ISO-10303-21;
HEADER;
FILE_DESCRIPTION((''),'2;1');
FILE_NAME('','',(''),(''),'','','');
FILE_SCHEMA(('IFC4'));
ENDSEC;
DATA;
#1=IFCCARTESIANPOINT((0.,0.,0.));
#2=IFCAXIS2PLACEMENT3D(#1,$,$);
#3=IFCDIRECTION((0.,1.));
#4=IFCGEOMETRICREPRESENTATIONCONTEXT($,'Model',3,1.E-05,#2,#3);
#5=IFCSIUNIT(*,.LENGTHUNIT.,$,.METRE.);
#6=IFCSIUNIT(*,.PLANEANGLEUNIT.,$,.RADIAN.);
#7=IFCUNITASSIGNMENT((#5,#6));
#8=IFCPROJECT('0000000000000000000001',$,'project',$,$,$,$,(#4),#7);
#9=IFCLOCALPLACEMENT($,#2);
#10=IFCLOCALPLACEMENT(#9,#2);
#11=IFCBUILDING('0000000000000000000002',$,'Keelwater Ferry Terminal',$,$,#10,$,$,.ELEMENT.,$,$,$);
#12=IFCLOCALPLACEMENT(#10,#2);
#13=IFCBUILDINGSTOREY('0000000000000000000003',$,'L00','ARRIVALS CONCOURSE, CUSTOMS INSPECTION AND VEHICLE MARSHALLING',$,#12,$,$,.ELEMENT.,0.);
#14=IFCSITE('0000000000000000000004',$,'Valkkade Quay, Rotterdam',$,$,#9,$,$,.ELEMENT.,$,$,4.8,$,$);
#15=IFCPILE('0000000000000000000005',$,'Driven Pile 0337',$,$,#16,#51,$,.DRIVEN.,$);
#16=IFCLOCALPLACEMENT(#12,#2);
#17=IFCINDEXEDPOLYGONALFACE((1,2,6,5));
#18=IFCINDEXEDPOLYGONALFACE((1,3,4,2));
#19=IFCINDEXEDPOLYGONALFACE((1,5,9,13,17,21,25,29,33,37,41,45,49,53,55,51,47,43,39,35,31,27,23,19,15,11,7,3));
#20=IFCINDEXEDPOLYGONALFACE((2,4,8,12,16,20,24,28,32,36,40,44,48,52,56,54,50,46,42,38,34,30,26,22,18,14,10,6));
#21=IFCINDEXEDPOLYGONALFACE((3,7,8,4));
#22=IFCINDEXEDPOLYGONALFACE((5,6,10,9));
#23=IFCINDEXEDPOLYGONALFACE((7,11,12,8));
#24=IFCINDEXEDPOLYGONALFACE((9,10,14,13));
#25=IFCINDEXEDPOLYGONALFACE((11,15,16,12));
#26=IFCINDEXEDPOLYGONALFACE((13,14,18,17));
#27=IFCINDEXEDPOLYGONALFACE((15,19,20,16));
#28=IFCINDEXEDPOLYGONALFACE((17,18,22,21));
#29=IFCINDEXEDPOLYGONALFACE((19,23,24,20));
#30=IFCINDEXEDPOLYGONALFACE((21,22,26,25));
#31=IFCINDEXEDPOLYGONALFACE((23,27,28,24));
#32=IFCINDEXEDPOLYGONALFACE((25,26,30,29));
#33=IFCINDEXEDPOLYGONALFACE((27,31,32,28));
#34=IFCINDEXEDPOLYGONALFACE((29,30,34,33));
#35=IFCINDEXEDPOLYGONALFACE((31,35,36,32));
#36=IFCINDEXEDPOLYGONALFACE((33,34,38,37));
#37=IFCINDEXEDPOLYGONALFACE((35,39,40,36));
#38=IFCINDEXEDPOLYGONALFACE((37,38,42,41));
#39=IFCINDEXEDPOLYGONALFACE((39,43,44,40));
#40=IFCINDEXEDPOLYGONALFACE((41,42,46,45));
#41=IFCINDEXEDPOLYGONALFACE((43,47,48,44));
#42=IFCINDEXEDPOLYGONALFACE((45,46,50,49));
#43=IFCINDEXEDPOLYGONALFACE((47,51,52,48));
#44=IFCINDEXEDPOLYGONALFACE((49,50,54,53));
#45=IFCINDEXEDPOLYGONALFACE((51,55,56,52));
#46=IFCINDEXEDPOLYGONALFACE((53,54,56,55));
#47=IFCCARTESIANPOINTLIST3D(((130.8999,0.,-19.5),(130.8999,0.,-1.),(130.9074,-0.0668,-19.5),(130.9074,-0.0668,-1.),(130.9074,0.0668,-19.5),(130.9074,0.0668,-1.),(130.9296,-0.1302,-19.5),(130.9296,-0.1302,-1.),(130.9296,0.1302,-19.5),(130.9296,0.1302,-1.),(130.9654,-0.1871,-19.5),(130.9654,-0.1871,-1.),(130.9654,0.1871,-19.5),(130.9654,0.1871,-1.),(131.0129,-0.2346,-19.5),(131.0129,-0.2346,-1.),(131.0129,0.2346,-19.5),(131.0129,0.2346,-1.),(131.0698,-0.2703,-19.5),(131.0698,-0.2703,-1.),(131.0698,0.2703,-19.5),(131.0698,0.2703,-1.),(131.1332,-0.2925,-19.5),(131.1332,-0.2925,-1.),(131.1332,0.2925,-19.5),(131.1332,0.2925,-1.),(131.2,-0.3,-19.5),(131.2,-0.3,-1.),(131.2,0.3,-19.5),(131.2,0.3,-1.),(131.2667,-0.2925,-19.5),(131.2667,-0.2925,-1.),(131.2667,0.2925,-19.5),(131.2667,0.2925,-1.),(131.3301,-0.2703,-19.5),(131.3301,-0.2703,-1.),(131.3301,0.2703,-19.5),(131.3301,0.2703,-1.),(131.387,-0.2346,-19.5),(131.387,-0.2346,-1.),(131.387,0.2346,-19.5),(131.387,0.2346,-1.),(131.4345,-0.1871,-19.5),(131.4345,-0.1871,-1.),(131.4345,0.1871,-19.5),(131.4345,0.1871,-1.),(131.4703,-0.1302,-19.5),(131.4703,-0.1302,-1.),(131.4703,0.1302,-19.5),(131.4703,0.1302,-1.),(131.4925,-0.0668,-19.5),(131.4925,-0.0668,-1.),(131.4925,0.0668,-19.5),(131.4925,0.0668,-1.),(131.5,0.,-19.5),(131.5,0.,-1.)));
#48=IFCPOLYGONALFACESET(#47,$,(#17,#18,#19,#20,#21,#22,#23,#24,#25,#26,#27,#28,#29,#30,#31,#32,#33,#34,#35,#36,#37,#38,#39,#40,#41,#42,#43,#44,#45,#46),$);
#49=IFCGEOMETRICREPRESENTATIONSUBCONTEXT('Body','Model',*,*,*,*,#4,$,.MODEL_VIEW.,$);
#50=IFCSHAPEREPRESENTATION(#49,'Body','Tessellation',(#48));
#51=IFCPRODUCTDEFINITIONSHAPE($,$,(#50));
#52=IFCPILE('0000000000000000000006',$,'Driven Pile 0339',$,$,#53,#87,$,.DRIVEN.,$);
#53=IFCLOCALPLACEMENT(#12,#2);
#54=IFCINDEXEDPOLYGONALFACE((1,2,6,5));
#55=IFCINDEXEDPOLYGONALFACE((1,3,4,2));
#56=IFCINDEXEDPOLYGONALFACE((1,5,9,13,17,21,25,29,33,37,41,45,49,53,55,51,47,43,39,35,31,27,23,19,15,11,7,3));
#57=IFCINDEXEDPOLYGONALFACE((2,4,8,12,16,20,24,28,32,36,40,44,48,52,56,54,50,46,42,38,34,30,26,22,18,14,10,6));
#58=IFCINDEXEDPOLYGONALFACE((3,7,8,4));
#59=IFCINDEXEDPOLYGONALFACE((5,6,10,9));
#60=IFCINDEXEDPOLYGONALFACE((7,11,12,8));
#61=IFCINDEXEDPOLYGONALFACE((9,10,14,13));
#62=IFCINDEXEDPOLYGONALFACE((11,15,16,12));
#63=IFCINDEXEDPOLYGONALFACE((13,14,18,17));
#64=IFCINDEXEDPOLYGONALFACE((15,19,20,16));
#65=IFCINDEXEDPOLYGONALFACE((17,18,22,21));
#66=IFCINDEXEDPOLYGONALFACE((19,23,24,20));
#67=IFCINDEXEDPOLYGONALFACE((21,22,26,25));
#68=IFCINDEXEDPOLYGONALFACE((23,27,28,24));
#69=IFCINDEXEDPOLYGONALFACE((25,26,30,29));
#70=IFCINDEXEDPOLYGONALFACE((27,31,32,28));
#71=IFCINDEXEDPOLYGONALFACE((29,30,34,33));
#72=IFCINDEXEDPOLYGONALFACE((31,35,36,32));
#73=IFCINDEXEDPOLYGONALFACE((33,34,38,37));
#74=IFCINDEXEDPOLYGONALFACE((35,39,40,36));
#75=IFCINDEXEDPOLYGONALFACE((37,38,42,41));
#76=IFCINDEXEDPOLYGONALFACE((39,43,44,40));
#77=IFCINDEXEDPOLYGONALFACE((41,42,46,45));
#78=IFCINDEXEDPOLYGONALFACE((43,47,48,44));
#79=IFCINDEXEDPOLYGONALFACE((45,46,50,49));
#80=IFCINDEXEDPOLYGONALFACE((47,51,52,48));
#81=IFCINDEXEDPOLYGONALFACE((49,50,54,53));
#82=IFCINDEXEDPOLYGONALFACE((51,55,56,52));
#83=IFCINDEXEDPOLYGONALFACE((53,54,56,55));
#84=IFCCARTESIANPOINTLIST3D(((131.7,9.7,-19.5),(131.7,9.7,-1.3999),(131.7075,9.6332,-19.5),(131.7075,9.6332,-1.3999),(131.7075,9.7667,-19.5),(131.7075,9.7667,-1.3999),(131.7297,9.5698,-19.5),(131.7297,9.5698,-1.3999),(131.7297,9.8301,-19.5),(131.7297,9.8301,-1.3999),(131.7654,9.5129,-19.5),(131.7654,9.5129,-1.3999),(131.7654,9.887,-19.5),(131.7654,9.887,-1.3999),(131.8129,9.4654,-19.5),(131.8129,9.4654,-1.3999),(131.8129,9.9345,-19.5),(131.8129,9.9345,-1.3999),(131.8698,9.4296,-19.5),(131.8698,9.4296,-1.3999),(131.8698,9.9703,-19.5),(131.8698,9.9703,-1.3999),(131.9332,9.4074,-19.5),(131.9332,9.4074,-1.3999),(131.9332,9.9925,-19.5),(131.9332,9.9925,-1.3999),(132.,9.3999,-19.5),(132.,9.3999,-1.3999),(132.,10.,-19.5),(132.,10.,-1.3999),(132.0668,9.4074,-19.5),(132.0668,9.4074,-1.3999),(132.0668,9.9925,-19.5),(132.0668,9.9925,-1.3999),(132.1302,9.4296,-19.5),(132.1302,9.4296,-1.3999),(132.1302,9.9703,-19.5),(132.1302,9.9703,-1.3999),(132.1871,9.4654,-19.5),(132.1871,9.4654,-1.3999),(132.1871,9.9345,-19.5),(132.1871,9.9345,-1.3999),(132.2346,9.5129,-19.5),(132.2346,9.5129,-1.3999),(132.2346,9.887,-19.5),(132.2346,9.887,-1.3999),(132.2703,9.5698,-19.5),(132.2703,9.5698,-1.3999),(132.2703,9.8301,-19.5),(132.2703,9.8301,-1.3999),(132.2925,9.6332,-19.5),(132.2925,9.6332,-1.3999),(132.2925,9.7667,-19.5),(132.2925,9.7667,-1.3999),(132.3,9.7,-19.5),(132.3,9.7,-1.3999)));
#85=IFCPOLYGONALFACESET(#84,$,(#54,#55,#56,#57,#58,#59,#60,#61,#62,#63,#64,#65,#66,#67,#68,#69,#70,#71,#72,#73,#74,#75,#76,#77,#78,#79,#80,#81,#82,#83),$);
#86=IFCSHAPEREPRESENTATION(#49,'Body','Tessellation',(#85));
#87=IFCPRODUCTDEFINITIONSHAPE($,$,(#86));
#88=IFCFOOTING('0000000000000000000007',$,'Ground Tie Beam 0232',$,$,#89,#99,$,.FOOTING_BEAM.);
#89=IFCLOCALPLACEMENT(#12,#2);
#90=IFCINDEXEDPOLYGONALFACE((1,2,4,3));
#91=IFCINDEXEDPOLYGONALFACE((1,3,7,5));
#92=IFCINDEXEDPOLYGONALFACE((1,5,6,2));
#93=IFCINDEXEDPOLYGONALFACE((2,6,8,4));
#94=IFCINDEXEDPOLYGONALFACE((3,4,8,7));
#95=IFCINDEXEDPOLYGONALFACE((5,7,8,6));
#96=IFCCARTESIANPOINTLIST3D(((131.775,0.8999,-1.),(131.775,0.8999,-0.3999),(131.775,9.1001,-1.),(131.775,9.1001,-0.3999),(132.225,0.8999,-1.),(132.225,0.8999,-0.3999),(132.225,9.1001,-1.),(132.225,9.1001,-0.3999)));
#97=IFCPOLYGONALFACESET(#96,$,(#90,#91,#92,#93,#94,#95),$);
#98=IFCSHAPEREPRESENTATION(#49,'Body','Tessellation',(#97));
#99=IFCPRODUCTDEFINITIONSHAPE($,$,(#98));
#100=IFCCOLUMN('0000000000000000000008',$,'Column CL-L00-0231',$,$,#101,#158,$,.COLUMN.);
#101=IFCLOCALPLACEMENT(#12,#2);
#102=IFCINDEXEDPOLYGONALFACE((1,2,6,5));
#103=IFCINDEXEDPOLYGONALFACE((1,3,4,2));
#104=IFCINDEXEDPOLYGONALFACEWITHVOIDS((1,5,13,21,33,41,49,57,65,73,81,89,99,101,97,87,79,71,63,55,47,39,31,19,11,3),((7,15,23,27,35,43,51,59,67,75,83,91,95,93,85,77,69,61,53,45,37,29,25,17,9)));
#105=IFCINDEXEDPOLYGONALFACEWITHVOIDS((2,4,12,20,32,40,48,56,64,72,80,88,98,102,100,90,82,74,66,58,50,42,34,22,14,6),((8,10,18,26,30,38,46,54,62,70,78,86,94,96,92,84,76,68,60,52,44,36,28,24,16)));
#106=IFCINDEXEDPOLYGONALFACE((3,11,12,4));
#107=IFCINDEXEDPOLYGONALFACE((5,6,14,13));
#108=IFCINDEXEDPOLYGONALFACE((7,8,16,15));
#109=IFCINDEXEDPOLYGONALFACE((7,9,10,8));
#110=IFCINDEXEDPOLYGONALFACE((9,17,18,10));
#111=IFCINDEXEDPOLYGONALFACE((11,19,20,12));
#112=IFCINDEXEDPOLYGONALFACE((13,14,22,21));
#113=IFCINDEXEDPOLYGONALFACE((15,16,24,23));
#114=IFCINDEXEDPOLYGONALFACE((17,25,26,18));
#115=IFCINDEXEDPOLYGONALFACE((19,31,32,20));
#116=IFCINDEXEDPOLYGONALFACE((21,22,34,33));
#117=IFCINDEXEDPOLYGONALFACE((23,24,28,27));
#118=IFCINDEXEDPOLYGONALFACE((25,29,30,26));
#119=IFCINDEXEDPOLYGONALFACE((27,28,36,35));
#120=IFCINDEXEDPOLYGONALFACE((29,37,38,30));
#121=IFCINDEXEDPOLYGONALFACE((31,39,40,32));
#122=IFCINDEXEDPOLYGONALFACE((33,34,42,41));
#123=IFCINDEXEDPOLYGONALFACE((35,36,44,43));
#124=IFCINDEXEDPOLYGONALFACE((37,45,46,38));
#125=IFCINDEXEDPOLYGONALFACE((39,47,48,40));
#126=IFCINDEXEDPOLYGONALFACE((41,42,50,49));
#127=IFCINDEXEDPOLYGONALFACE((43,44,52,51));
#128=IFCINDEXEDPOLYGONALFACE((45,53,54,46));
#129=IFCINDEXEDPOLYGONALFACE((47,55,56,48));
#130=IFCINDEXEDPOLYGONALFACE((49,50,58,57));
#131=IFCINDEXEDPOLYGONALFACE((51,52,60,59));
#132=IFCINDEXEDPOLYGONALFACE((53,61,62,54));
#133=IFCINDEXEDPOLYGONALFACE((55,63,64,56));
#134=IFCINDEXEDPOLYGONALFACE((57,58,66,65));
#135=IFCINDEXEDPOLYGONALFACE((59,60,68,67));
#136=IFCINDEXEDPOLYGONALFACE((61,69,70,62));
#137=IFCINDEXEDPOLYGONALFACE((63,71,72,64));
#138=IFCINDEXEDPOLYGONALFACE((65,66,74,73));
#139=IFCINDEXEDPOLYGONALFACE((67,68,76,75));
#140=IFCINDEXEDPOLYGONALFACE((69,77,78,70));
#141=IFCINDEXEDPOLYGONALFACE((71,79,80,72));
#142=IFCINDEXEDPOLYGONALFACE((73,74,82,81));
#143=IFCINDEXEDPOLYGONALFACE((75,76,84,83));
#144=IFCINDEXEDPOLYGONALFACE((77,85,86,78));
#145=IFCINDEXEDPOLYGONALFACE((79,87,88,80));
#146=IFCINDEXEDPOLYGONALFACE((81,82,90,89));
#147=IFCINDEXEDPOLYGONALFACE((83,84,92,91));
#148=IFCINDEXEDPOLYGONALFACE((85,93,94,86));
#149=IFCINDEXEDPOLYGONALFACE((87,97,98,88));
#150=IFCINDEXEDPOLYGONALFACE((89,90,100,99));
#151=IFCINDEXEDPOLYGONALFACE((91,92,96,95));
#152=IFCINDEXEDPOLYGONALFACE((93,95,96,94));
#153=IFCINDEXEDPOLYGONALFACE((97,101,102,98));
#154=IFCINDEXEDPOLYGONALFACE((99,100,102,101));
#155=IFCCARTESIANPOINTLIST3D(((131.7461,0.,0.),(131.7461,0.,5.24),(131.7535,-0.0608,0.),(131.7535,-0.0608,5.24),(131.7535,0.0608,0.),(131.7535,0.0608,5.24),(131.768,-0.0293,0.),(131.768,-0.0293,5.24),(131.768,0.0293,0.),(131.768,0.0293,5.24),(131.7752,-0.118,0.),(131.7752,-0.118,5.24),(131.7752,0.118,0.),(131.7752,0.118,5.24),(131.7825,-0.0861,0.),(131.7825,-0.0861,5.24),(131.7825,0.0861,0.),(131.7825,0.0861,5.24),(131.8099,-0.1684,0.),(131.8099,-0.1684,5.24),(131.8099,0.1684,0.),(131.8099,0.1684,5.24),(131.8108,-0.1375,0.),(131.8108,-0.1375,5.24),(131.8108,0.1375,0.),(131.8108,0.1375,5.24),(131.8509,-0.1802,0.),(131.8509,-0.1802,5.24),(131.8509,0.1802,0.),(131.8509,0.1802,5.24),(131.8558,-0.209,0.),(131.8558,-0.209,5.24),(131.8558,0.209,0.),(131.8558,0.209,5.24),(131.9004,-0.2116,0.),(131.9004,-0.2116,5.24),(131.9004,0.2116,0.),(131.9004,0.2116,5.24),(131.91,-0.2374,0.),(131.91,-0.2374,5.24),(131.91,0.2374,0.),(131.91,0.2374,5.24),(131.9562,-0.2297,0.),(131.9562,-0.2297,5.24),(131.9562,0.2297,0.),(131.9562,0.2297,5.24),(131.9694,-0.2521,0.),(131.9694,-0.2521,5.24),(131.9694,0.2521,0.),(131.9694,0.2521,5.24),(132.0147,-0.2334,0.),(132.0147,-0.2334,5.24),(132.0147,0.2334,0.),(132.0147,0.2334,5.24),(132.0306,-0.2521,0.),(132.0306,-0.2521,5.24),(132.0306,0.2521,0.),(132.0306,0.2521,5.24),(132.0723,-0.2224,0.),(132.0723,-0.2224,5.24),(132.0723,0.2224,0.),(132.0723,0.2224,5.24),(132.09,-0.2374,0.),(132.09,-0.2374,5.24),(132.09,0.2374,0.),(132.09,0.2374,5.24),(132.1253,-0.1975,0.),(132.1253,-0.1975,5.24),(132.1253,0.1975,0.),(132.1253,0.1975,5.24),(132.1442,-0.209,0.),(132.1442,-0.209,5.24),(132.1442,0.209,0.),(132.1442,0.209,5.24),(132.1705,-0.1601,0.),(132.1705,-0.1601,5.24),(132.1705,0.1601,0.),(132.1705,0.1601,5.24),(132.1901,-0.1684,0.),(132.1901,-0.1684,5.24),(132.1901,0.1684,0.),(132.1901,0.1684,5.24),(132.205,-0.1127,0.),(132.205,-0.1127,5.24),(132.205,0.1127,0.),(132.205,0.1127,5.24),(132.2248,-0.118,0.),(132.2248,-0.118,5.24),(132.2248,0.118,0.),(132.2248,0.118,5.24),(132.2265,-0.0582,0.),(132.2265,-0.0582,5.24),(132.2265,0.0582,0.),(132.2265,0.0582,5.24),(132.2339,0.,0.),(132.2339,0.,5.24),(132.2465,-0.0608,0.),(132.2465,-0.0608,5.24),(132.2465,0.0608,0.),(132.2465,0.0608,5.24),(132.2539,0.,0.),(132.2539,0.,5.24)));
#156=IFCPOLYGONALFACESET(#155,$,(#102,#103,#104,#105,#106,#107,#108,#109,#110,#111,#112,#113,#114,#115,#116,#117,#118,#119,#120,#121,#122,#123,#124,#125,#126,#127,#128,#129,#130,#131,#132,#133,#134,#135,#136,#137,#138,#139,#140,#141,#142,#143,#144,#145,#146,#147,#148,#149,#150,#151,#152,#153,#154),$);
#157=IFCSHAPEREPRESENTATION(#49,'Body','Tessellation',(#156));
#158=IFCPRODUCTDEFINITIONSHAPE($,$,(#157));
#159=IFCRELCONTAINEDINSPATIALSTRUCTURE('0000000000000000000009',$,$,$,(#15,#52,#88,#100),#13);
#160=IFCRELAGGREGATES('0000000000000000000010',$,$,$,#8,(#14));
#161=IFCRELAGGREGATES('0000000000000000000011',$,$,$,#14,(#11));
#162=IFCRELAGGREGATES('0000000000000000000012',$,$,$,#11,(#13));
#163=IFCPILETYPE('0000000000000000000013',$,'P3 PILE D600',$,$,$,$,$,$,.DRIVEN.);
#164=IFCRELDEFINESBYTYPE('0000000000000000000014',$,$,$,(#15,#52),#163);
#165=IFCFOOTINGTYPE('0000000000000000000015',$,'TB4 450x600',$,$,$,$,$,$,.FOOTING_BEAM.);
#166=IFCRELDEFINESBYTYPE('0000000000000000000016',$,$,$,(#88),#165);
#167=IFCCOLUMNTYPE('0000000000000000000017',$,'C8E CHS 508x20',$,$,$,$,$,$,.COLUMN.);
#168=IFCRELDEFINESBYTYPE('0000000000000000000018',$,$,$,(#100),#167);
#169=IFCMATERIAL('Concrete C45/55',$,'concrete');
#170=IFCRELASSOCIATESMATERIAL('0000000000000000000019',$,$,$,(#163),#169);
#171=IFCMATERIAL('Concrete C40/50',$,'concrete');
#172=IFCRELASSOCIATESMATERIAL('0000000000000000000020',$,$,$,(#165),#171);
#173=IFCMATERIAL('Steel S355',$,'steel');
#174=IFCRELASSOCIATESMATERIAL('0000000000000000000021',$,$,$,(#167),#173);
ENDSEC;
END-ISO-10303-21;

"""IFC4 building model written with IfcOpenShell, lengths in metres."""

from ifc_helpers import new_model, si_unit, direction, frame, origin, origin_2d, place, context, subcontext, project, spatial, rectangle, circle, hollow_circle, extrude, material, material_profile, profile_set, type_object, element, save


model = new_model("IFC4")

# Units and contexts
model_context = context("Model", 3, precision=1e-05, world=origin(), true_north=direction((0.0, 1.0)))
body_context = subcontext(model_context, "Body", "Model", "MODEL_VIEW")
ifc_project = project(units=[si_unit("LENGTHUNIT", "METRE"), si_unit("PLANEANGLEUNIT", "RADIAN")], contexts=[model_context])

# Site, building, storey
site_placement = place(None, origin())
site = spatial("IfcSite", under=ifc_project, at=site_placement, Name="Valkkade Quay, Rotterdam", CompositionType="ELEMENT", RefElevation=4.8)
building_placement = place(site_placement, origin())
building = spatial("IfcBuilding", under=site, at=building_placement, Name="Keelwater Ferry Terminal", CompositionType="ELEMENT")
storey_placement = place(building_placement, origin())
storey = spatial("IfcBuildingStorey", under=building, at=storey_placement, Name="L00", Description="ARRIVALS CONCOURSE, CUSTOMS INSPECTION AND VEHICLE MARSHALLING", CompositionType="ELEMENT", Elevation=0.0)

# Piles
ifc_material_1 = material(Name="Concrete C45/55", Category="concrete")
ifc_material_profile_1 = material_profile(ifc_material_1, circle(Radius=0.3, at=origin_2d()), Name="PILE D600")
ifc_profile_set_1 = profile_set([ifc_material_profile_1], Name="Concrete C45/55")
pile_type = type_object("IfcPileType", Name="P3 PILE D600", PredefinedType="DRIVEN", material=ifc_profile_set_1)
pile_1_placement = place(storey_placement, frame((131.2, 0.0, -1.0), z_axis=(0.0, 0.0, -1.0), x_axis=(1.0, 0.0, 0.0)))
element("IfcPile", 1, at=pile_1_placement, inside=storey, type_object=pile_type, Name="Driven Pile 0337", PredefinedType="DRIVEN", context=body_context, shape_type="SweptSolid", body=[
    extrude(circle(Radius=0.3, at=origin_2d()), origin(), (0.0, 0.0, 1.0), 18.5),
])
pile_2_placement = place(storey_placement, frame((132.0, 9.7, -1.3999), z_axis=(0.0, 0.0, -1.0), x_axis=(1.0, 0.0, 0.0)))
element("IfcPile", 2, at=pile_2_placement, inside=storey, type_object=pile_type, Name="Driven Pile 0339", PredefinedType="DRIVEN", context=body_context, shape_type="SweptSolid", body=[
    extrude(circle(Radius=0.3, at=origin_2d()), origin(), (0.0, 0.0, 1.0), 18.1001),
])

# Footing
ifc_material_2 = material(Name="Concrete C40/50", Category="concrete")
ifc_material_profile_2 = material_profile(ifc_material_2, rectangle(XDim=0.45, YDim=0.6001, at=origin_2d()), Name="TB 450x600")
ifc_profile_set_2 = profile_set([ifc_material_profile_2], Name="Concrete C40/50")
footing_type = type_object("IfcFootingType", Name="TB4 450x600", PredefinedType="FOOTING_BEAM", material=ifc_profile_set_2)
footing_placement = place(storey_placement, frame((132.0, 0.8999, -0.7), z_axis=(0.0, 1.0, 0.0), x_axis=(-1.0, 0.0, 0.0)))
element("IfcFooting", 3, at=footing_placement, inside=storey, type_object=footing_type, Name="Ground Tie Beam 0232", PredefinedType="FOOTING_BEAM", context=body_context, shape_type="SweptSolid", body=[
    extrude(rectangle(XDim=0.45, YDim=0.6001, at=origin_2d()), origin(), (0.0, 0.0, 1.0), 8.2002),
])

# Column
ifc_material_3 = material(Name="Steel S355", Category="steel")
ifc_material_profile_3 = material_profile(ifc_material_3, hollow_circle(Radius=0.2539, WallThickness=0.02, at=origin_2d()), Name="CHS 508x20")
ifc_profile_set_3 = profile_set([ifc_material_profile_3], Name="Steel S355")
column_type = type_object("IfcColumnType", Name="C8E CHS 508x20", PredefinedType="COLUMN", material=ifc_profile_set_3)
for number, where, z_axis, x_axis, name in (
    (4, (132.0, 0.0, 0.0), (0.0, 0.0, 1.0), (1.0, 0.0, 0.0), "Column CL-L00-0231"),
):
    element("IfcColumn", number, at=place(storey_placement, frame(where, z_axis=z_axis, x_axis=x_axis)), inside=storey, type_object=column_type, Name=name, PredefinedType="COLUMN", context=body_context, shape_type="SweptSolid", body=[
        extrude(hollow_circle(Radius=0.2539, WallThickness=0.02, at=origin_2d()), origin(), (0.0, 0.0, 1.0), 5.24),
    ])

save(model, "model.ifc")
